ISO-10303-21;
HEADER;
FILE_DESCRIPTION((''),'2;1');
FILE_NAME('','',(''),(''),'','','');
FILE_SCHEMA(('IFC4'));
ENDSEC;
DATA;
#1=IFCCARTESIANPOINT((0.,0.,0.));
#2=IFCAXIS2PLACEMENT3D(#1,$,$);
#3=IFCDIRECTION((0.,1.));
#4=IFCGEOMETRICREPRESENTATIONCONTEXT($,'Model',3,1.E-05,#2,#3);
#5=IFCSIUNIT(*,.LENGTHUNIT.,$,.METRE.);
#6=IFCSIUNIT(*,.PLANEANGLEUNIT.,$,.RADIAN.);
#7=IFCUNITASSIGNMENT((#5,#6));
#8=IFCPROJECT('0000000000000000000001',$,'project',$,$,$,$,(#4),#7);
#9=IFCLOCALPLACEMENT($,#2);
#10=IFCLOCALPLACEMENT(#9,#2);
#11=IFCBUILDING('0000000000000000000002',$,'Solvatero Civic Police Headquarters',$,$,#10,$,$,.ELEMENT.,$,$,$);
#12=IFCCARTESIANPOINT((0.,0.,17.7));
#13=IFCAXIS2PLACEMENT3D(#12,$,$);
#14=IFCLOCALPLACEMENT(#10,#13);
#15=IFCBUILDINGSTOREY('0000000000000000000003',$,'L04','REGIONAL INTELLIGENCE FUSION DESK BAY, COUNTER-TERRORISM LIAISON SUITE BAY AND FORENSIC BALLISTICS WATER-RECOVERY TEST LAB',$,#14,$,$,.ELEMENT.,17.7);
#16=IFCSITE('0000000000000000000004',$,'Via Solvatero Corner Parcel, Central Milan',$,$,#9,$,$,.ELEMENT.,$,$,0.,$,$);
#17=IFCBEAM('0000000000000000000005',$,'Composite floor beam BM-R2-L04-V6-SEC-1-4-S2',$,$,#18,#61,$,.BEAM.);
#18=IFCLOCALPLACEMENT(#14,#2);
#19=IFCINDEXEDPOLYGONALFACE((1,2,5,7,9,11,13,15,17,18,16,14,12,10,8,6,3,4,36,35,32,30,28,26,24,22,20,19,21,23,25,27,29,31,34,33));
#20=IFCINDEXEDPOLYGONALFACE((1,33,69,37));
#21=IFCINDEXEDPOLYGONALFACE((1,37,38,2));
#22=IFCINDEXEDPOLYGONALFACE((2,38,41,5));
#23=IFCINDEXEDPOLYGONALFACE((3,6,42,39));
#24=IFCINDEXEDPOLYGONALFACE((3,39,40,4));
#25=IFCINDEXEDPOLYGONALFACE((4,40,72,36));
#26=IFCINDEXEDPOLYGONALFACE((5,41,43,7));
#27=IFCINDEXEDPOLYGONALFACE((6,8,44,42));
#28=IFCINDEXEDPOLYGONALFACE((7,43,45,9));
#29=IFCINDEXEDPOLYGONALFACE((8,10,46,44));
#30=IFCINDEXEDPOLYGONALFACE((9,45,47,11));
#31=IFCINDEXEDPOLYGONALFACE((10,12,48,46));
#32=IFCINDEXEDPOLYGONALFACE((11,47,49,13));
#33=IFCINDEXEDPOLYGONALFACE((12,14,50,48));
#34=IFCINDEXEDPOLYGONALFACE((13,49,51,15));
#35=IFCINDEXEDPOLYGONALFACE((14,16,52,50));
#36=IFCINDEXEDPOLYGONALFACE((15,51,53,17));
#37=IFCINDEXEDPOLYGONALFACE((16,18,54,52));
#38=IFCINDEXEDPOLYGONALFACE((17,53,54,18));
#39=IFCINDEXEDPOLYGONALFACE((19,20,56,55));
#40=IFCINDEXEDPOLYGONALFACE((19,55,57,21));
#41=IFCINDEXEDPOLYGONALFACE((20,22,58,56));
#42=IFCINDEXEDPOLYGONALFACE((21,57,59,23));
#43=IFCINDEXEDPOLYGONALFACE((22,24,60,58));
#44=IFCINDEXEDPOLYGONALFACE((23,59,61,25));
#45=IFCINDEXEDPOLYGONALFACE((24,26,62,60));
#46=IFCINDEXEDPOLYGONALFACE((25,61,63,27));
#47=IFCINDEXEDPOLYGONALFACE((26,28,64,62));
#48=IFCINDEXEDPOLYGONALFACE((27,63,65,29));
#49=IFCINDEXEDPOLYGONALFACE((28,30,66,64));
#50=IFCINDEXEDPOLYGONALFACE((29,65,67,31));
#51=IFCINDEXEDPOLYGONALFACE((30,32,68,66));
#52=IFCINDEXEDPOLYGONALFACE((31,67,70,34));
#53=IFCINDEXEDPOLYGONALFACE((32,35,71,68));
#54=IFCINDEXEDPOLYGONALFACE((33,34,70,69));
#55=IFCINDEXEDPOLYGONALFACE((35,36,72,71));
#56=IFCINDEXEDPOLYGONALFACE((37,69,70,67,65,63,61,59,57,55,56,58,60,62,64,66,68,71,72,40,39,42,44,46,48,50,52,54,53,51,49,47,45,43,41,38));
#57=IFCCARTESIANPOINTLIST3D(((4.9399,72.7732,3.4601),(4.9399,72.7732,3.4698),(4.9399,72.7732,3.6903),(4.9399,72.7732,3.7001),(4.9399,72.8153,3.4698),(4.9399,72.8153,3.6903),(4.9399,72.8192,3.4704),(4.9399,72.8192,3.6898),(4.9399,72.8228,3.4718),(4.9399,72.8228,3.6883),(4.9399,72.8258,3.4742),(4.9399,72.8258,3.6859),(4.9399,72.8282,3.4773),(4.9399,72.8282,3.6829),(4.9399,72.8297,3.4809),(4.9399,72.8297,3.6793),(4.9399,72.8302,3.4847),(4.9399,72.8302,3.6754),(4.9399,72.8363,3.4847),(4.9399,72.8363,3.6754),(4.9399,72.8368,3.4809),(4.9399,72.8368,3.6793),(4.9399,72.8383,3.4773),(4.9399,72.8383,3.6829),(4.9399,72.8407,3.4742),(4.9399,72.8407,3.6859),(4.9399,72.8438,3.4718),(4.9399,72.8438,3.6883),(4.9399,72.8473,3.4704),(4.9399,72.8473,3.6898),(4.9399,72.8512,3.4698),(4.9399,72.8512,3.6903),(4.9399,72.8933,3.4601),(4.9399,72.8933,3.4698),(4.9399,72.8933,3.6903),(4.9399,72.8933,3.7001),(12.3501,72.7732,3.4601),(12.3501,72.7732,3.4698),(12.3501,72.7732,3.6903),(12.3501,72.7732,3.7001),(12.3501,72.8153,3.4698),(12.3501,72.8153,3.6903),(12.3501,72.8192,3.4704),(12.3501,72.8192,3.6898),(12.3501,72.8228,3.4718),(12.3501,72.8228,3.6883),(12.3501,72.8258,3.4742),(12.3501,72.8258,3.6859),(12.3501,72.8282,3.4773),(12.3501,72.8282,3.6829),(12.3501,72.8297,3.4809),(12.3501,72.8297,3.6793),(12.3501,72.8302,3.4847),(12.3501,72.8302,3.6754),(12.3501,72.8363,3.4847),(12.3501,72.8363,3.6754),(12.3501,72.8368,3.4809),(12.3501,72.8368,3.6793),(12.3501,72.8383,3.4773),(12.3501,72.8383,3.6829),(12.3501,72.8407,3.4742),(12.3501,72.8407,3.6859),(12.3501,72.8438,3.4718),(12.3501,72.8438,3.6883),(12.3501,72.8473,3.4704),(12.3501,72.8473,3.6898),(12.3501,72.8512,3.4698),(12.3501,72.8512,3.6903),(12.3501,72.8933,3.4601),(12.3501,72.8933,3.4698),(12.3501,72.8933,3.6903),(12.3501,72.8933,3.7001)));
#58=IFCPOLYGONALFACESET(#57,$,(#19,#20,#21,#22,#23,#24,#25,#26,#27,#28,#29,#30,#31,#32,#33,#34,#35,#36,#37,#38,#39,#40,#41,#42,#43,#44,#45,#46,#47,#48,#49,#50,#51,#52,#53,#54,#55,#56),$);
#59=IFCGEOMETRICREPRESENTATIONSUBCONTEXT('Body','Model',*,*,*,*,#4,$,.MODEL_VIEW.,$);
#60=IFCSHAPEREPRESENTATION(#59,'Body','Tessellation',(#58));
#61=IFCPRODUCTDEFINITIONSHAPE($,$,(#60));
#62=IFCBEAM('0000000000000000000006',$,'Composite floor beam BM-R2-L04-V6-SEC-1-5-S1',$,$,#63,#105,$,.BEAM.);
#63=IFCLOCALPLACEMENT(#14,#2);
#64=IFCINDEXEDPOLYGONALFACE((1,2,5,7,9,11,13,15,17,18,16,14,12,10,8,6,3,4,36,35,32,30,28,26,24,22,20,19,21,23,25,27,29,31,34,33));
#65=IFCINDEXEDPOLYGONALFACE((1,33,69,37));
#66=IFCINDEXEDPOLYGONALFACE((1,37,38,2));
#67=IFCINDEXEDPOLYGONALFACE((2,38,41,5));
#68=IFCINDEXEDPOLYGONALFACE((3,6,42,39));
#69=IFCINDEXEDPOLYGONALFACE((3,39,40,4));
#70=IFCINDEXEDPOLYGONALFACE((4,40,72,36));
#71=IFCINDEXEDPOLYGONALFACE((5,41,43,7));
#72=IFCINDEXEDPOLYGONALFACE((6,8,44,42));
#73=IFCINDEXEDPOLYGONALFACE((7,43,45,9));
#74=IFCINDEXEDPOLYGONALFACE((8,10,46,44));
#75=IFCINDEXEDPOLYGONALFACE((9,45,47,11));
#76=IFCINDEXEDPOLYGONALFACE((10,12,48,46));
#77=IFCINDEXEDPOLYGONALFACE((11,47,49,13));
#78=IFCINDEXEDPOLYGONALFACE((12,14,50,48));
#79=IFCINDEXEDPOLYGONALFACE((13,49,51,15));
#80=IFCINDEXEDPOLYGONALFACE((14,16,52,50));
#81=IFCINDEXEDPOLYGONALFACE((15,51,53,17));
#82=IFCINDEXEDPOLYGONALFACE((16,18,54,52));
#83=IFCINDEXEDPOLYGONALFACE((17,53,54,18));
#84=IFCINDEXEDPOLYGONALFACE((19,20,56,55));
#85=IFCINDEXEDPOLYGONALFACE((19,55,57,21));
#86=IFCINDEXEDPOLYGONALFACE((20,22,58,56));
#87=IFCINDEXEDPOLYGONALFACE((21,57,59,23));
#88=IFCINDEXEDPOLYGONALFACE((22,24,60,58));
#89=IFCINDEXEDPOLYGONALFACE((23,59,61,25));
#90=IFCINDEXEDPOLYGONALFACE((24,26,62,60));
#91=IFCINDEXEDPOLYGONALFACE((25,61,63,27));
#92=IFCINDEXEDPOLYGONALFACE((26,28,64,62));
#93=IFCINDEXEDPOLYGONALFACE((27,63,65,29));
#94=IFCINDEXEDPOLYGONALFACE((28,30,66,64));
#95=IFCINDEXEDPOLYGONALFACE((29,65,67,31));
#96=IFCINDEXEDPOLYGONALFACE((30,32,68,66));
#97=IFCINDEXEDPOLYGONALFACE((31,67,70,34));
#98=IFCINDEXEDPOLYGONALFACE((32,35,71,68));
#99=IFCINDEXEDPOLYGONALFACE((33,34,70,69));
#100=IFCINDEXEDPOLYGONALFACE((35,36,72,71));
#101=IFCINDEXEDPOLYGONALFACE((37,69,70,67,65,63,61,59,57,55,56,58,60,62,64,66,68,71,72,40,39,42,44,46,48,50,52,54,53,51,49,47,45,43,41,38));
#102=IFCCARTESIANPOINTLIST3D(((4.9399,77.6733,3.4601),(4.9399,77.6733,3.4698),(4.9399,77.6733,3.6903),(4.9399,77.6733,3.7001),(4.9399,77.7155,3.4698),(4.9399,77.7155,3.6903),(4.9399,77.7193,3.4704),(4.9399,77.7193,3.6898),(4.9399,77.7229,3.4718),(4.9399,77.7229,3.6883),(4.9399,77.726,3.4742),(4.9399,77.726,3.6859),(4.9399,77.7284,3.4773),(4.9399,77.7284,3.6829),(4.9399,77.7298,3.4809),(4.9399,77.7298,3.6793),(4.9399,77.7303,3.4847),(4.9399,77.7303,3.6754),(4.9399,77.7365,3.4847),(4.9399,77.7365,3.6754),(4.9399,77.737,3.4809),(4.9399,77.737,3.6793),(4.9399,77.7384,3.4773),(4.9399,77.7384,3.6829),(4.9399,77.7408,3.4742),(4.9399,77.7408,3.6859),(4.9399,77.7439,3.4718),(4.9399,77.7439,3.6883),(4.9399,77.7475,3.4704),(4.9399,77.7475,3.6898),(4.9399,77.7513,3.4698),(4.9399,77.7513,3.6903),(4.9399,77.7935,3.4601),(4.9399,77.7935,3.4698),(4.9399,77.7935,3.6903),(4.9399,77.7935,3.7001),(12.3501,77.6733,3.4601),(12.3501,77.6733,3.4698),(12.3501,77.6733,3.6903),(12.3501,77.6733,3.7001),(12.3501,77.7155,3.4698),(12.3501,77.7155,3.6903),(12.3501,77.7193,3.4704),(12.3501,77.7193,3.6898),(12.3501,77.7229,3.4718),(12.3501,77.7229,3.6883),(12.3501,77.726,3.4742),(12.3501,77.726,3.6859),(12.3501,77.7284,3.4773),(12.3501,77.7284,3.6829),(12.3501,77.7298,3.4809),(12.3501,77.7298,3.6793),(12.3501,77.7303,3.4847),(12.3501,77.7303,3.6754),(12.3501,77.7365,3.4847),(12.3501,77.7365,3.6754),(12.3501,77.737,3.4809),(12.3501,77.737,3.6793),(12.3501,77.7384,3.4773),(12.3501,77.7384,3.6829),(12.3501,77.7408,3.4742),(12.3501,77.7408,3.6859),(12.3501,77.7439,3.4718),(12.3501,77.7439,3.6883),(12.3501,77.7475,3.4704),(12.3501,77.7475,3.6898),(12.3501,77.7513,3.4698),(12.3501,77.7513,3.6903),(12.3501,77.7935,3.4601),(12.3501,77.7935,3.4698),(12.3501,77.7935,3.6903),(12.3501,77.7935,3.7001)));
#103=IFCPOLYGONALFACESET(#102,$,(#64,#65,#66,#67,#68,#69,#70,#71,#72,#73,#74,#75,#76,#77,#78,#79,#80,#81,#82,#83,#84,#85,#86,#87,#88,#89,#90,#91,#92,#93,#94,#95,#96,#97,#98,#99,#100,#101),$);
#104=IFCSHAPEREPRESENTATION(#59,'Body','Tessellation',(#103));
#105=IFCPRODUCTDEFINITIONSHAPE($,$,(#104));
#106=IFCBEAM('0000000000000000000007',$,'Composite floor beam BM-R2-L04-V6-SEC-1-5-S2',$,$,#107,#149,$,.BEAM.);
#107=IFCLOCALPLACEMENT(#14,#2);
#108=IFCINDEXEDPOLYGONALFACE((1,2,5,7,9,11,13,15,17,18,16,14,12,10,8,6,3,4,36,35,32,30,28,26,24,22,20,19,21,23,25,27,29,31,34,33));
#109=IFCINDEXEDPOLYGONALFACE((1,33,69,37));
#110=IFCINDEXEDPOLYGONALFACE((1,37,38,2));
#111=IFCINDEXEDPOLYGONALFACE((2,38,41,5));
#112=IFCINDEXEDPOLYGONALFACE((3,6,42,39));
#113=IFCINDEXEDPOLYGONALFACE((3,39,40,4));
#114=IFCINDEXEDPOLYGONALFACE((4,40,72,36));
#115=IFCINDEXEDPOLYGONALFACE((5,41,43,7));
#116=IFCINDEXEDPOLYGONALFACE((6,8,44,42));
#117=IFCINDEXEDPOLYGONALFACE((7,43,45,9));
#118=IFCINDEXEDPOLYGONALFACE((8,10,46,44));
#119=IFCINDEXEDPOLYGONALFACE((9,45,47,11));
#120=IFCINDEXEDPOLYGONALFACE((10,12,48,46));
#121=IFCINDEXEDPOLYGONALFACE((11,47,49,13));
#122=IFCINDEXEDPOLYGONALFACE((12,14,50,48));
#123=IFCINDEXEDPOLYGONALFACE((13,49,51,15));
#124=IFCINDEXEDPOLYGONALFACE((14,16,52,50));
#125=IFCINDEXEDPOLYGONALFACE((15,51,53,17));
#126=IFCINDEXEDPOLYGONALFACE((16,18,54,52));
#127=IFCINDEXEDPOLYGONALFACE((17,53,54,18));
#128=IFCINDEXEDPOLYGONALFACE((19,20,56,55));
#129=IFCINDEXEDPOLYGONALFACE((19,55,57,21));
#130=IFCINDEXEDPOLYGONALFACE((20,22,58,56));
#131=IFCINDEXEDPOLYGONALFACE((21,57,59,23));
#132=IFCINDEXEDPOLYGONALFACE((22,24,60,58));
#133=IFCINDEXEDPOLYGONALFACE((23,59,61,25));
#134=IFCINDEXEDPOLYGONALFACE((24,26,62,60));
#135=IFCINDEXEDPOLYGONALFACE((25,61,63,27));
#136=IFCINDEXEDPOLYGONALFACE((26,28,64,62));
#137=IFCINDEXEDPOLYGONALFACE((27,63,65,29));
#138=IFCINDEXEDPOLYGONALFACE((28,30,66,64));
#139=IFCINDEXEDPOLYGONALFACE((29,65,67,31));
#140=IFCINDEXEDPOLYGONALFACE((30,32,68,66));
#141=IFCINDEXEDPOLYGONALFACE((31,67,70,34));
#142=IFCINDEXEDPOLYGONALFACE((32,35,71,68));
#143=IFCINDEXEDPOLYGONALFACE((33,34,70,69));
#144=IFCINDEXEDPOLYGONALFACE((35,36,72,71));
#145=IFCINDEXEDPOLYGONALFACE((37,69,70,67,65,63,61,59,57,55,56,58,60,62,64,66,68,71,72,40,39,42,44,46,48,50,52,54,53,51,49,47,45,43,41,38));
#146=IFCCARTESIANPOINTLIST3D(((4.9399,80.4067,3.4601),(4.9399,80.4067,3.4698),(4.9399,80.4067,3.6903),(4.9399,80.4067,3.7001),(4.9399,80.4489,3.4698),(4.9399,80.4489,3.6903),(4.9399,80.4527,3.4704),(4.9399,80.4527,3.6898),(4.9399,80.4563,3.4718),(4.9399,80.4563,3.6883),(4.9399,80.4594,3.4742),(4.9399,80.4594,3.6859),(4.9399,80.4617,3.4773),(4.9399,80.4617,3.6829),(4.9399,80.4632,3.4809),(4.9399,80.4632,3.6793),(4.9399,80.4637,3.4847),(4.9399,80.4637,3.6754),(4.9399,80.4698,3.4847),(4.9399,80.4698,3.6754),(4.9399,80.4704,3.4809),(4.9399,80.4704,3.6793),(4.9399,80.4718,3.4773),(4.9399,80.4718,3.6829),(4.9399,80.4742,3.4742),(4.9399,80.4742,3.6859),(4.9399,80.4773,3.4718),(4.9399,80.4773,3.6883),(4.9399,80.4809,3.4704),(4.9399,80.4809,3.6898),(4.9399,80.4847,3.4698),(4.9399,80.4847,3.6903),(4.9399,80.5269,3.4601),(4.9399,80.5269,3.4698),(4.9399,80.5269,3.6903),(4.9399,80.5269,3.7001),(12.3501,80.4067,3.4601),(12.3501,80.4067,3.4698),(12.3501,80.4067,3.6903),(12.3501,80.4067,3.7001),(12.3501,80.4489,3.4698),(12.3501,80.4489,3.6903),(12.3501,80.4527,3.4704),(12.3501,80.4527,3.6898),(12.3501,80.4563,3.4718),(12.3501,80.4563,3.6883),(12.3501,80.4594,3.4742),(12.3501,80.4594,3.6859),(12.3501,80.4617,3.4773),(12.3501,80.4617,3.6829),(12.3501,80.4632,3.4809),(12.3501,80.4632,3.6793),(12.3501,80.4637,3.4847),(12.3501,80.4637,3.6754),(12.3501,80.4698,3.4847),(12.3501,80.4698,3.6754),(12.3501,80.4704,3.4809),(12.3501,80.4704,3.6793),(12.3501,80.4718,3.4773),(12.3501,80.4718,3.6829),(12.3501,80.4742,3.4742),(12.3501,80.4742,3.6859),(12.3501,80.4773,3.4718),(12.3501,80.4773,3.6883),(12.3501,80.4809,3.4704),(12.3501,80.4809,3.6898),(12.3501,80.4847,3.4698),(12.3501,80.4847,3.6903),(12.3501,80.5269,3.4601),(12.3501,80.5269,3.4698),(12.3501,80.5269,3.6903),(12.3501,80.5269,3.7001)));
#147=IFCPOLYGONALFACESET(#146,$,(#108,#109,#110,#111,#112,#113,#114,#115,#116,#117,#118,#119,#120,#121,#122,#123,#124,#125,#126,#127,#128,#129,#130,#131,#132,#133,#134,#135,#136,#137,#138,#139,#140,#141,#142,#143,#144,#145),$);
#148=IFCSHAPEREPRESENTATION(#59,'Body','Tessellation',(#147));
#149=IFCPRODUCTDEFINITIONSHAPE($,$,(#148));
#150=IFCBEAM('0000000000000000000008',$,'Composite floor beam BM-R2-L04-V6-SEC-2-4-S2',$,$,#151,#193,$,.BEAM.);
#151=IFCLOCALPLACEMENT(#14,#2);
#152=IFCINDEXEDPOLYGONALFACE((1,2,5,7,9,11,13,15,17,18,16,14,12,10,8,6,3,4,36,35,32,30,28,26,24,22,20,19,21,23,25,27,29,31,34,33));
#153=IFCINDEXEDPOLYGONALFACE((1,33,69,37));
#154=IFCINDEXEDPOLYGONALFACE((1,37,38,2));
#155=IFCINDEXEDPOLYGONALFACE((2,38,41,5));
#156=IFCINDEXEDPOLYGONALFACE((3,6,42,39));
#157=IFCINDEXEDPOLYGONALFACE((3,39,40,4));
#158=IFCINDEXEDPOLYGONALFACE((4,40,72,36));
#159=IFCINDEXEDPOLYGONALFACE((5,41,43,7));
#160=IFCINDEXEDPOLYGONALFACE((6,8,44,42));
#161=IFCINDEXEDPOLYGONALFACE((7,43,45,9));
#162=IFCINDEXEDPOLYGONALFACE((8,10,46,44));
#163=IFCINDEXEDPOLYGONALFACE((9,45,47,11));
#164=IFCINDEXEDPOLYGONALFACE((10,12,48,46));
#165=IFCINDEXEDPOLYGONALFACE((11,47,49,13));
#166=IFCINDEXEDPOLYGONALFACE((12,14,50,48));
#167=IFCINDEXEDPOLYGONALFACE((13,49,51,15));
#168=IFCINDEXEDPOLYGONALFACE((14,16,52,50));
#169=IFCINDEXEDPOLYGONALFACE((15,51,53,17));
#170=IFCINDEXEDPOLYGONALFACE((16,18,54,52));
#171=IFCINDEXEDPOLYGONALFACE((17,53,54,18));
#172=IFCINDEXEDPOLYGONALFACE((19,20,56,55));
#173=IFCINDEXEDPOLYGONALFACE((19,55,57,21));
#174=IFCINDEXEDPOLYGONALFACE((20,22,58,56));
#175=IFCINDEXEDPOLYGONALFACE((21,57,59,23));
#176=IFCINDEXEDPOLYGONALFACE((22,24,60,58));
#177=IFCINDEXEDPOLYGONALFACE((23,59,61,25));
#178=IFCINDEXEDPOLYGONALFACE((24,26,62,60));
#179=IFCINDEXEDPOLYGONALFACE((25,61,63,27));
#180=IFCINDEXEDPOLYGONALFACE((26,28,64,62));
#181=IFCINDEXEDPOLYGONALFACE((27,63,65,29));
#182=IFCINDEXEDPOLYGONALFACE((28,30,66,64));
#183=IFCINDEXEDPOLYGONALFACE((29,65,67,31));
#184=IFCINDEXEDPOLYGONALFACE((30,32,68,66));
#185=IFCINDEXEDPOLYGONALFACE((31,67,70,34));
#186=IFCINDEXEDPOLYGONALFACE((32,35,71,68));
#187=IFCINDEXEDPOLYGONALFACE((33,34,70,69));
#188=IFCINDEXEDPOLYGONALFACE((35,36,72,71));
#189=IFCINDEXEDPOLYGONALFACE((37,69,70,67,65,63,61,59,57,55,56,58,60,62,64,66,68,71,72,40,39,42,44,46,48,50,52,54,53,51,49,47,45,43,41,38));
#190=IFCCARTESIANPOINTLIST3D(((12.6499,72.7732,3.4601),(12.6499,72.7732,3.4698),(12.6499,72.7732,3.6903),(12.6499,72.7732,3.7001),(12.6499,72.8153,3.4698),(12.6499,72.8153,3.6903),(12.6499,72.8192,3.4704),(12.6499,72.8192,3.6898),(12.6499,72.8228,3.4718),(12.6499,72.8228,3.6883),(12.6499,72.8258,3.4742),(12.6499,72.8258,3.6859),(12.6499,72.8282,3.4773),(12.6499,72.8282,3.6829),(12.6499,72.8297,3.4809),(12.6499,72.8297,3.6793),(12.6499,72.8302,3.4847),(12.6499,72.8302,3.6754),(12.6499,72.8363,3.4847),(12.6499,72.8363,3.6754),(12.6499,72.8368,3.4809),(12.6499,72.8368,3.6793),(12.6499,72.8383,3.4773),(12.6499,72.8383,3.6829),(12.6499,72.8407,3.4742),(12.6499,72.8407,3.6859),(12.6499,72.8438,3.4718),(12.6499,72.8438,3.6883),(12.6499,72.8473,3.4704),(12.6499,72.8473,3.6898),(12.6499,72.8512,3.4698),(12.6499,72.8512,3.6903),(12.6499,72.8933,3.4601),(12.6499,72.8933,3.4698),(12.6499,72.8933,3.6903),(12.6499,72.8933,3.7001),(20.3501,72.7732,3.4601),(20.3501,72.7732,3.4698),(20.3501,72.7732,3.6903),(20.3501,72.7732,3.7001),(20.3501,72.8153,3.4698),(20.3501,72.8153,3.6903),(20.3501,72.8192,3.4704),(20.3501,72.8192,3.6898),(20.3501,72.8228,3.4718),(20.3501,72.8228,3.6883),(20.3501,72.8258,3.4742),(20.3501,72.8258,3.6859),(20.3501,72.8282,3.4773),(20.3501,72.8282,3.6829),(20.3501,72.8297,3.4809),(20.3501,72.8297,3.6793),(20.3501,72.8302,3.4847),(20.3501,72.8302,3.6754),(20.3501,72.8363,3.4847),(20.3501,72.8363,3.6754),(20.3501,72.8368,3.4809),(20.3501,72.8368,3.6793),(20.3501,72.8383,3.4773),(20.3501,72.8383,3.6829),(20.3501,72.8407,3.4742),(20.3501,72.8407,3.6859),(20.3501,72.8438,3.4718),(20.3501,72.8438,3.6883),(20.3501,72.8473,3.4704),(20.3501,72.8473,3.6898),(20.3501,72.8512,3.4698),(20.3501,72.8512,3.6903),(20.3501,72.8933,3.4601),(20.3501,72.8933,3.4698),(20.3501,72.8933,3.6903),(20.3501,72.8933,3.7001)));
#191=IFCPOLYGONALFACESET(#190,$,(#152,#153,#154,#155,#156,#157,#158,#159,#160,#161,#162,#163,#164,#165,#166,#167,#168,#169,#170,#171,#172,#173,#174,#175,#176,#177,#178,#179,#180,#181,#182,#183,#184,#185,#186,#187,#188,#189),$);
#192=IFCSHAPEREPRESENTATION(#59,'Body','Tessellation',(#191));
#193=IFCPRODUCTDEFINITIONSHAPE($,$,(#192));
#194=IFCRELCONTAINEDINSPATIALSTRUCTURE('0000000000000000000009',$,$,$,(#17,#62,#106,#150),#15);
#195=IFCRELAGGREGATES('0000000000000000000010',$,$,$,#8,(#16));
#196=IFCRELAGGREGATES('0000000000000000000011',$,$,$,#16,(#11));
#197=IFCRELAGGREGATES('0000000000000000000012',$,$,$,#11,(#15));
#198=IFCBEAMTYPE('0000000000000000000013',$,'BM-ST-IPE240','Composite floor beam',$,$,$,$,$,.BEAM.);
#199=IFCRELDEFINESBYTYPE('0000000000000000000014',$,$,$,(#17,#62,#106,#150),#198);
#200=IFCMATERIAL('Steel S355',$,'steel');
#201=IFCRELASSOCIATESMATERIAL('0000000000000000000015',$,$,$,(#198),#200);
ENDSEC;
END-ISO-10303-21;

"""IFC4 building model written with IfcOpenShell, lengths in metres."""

from ifc_helpers import new_model, si_unit, direction, frame, origin, origin_2d, place, context, subcontext, project, spatial, i_section, extrude, material, material_profile, profile_set, type_object, element, save


model = new_model("IFC4")

# Units and contexts
model_context = context("Model", 3, precision=1e-05, world=origin(), true_north=direction((0.0, 1.0)))
body_context = subcontext(model_context, "Body", "Model", "MODEL_VIEW")
ifc_project = project(units=[si_unit("LENGTHUNIT", "METRE"), si_unit("PLANEANGLEUNIT", "RADIAN")], contexts=[model_context])

# Site, building, storey
site_placement = place(None, origin())
site = spatial("IfcSite", under=ifc_project, at=site_placement, Name="Via Solvatero Corner Parcel, Central Milan", CompositionType="ELEMENT", RefElevation=0.0)
building_placement = place(site_placement, origin())
building = spatial("IfcBuilding", under=site, at=building_placement, Name="Solvatero Civic Police Headquarters", CompositionType="ELEMENT")
storey_placement = place(building_placement, frame((0.0, 0.0, 17.7)))
storey = spatial("IfcBuildingStorey", under=building, at=storey_placement, Name="L04", Description="REGIONAL INTELLIGENCE FUSION DESK BAY, COUNTER-TERRORISM LIAISON SUITE BAY AND FORENSIC BALLISTICS WATER-RECOVERY TEST LAB", CompositionType="ELEMENT", Elevation=17.7)

# Shared definitions
ifc_material_1 = material(Name="Steel S355", Category="steel")

# Beams
ifc_material_profile_1 = material_profile(ifc_material_1, i_section(OverallWidth=0.1201, OverallDepth=0.24, WebThickness=0.0061, FlangeThickness=0.0098, FilletRadius=0.0149, at=origin_2d()), Name="IPE 240")
ifc_profile_set_1 = profile_set([ifc_material_profile_1], Name="Steel S355")
beam_type_1 = type_object("IfcBeamType", Name="BM-ST-IPE240", Description="Composite floor beam", PredefinedType="BEAM", material=ifc_profile_set_1)
for number, where, z_axis, x_axis, name in (
    (1, (4.9399, 72.8333, 3.5801), (1.0, 0.0, 0.0), (0.0, 1.0, 0.0), "Composite floor beam BM-R2-L04-V6-SEC-1-4-S2"),
    (2, (4.9399, 77.7334, 3.5801), (1.0, 0.0, 0.0), (0.0, 1.0, 0.0), "Composite floor beam BM-R2-L04-V6-SEC-1-5-S1"),
    (3, (4.9399, 80.4668, 3.5801), (1.0, 0.0, 0.0), (0.0, 1.0, 0.0), "Composite floor beam BM-R2-L04-V6-SEC-1-5-S2"),
):
    element("IfcBeam", number, at=place(storey_placement, frame(where, z_axis=z_axis, x_axis=x_axis)), inside=storey, type_object=beam_type_1, Name=name, PredefinedType="BEAM", context=body_context, shape_type="SweptSolid", body=[
        extrude(i_section(OverallWidth=0.1201, OverallDepth=0.24, WebThickness=0.0061, FlangeThickness=0.0098, FilletRadius=0.0149, at=origin_2d()), origin(), (0.0, 0.0, 1.0), 7.4102),
    ])
for number, where, z_axis, x_axis, name in (
    (4, (12.6499, 72.8333, 3.5801), (1.0, 0.0, 0.0), (0.0, 1.0, 0.0), "Composite floor beam BM-R2-L04-V6-SEC-2-4-S2"),
):
    element("IfcBeam", number, at=place(storey_placement, frame(where, z_axis=z_axis, x_axis=x_axis)), inside=storey, type_object=beam_type_1, Name=name, PredefinedType="BEAM", context=body_context, shape_type="SweptSolid", body=[
        extrude(i_section(OverallWidth=0.1201, OverallDepth=0.24, WebThickness=0.0061, FlangeThickness=0.0098, FilletRadius=0.0149, at=origin_2d()), origin(), (0.0, 0.0, 1.0), 7.7002),
    ])

save(model, "model.ifc")
